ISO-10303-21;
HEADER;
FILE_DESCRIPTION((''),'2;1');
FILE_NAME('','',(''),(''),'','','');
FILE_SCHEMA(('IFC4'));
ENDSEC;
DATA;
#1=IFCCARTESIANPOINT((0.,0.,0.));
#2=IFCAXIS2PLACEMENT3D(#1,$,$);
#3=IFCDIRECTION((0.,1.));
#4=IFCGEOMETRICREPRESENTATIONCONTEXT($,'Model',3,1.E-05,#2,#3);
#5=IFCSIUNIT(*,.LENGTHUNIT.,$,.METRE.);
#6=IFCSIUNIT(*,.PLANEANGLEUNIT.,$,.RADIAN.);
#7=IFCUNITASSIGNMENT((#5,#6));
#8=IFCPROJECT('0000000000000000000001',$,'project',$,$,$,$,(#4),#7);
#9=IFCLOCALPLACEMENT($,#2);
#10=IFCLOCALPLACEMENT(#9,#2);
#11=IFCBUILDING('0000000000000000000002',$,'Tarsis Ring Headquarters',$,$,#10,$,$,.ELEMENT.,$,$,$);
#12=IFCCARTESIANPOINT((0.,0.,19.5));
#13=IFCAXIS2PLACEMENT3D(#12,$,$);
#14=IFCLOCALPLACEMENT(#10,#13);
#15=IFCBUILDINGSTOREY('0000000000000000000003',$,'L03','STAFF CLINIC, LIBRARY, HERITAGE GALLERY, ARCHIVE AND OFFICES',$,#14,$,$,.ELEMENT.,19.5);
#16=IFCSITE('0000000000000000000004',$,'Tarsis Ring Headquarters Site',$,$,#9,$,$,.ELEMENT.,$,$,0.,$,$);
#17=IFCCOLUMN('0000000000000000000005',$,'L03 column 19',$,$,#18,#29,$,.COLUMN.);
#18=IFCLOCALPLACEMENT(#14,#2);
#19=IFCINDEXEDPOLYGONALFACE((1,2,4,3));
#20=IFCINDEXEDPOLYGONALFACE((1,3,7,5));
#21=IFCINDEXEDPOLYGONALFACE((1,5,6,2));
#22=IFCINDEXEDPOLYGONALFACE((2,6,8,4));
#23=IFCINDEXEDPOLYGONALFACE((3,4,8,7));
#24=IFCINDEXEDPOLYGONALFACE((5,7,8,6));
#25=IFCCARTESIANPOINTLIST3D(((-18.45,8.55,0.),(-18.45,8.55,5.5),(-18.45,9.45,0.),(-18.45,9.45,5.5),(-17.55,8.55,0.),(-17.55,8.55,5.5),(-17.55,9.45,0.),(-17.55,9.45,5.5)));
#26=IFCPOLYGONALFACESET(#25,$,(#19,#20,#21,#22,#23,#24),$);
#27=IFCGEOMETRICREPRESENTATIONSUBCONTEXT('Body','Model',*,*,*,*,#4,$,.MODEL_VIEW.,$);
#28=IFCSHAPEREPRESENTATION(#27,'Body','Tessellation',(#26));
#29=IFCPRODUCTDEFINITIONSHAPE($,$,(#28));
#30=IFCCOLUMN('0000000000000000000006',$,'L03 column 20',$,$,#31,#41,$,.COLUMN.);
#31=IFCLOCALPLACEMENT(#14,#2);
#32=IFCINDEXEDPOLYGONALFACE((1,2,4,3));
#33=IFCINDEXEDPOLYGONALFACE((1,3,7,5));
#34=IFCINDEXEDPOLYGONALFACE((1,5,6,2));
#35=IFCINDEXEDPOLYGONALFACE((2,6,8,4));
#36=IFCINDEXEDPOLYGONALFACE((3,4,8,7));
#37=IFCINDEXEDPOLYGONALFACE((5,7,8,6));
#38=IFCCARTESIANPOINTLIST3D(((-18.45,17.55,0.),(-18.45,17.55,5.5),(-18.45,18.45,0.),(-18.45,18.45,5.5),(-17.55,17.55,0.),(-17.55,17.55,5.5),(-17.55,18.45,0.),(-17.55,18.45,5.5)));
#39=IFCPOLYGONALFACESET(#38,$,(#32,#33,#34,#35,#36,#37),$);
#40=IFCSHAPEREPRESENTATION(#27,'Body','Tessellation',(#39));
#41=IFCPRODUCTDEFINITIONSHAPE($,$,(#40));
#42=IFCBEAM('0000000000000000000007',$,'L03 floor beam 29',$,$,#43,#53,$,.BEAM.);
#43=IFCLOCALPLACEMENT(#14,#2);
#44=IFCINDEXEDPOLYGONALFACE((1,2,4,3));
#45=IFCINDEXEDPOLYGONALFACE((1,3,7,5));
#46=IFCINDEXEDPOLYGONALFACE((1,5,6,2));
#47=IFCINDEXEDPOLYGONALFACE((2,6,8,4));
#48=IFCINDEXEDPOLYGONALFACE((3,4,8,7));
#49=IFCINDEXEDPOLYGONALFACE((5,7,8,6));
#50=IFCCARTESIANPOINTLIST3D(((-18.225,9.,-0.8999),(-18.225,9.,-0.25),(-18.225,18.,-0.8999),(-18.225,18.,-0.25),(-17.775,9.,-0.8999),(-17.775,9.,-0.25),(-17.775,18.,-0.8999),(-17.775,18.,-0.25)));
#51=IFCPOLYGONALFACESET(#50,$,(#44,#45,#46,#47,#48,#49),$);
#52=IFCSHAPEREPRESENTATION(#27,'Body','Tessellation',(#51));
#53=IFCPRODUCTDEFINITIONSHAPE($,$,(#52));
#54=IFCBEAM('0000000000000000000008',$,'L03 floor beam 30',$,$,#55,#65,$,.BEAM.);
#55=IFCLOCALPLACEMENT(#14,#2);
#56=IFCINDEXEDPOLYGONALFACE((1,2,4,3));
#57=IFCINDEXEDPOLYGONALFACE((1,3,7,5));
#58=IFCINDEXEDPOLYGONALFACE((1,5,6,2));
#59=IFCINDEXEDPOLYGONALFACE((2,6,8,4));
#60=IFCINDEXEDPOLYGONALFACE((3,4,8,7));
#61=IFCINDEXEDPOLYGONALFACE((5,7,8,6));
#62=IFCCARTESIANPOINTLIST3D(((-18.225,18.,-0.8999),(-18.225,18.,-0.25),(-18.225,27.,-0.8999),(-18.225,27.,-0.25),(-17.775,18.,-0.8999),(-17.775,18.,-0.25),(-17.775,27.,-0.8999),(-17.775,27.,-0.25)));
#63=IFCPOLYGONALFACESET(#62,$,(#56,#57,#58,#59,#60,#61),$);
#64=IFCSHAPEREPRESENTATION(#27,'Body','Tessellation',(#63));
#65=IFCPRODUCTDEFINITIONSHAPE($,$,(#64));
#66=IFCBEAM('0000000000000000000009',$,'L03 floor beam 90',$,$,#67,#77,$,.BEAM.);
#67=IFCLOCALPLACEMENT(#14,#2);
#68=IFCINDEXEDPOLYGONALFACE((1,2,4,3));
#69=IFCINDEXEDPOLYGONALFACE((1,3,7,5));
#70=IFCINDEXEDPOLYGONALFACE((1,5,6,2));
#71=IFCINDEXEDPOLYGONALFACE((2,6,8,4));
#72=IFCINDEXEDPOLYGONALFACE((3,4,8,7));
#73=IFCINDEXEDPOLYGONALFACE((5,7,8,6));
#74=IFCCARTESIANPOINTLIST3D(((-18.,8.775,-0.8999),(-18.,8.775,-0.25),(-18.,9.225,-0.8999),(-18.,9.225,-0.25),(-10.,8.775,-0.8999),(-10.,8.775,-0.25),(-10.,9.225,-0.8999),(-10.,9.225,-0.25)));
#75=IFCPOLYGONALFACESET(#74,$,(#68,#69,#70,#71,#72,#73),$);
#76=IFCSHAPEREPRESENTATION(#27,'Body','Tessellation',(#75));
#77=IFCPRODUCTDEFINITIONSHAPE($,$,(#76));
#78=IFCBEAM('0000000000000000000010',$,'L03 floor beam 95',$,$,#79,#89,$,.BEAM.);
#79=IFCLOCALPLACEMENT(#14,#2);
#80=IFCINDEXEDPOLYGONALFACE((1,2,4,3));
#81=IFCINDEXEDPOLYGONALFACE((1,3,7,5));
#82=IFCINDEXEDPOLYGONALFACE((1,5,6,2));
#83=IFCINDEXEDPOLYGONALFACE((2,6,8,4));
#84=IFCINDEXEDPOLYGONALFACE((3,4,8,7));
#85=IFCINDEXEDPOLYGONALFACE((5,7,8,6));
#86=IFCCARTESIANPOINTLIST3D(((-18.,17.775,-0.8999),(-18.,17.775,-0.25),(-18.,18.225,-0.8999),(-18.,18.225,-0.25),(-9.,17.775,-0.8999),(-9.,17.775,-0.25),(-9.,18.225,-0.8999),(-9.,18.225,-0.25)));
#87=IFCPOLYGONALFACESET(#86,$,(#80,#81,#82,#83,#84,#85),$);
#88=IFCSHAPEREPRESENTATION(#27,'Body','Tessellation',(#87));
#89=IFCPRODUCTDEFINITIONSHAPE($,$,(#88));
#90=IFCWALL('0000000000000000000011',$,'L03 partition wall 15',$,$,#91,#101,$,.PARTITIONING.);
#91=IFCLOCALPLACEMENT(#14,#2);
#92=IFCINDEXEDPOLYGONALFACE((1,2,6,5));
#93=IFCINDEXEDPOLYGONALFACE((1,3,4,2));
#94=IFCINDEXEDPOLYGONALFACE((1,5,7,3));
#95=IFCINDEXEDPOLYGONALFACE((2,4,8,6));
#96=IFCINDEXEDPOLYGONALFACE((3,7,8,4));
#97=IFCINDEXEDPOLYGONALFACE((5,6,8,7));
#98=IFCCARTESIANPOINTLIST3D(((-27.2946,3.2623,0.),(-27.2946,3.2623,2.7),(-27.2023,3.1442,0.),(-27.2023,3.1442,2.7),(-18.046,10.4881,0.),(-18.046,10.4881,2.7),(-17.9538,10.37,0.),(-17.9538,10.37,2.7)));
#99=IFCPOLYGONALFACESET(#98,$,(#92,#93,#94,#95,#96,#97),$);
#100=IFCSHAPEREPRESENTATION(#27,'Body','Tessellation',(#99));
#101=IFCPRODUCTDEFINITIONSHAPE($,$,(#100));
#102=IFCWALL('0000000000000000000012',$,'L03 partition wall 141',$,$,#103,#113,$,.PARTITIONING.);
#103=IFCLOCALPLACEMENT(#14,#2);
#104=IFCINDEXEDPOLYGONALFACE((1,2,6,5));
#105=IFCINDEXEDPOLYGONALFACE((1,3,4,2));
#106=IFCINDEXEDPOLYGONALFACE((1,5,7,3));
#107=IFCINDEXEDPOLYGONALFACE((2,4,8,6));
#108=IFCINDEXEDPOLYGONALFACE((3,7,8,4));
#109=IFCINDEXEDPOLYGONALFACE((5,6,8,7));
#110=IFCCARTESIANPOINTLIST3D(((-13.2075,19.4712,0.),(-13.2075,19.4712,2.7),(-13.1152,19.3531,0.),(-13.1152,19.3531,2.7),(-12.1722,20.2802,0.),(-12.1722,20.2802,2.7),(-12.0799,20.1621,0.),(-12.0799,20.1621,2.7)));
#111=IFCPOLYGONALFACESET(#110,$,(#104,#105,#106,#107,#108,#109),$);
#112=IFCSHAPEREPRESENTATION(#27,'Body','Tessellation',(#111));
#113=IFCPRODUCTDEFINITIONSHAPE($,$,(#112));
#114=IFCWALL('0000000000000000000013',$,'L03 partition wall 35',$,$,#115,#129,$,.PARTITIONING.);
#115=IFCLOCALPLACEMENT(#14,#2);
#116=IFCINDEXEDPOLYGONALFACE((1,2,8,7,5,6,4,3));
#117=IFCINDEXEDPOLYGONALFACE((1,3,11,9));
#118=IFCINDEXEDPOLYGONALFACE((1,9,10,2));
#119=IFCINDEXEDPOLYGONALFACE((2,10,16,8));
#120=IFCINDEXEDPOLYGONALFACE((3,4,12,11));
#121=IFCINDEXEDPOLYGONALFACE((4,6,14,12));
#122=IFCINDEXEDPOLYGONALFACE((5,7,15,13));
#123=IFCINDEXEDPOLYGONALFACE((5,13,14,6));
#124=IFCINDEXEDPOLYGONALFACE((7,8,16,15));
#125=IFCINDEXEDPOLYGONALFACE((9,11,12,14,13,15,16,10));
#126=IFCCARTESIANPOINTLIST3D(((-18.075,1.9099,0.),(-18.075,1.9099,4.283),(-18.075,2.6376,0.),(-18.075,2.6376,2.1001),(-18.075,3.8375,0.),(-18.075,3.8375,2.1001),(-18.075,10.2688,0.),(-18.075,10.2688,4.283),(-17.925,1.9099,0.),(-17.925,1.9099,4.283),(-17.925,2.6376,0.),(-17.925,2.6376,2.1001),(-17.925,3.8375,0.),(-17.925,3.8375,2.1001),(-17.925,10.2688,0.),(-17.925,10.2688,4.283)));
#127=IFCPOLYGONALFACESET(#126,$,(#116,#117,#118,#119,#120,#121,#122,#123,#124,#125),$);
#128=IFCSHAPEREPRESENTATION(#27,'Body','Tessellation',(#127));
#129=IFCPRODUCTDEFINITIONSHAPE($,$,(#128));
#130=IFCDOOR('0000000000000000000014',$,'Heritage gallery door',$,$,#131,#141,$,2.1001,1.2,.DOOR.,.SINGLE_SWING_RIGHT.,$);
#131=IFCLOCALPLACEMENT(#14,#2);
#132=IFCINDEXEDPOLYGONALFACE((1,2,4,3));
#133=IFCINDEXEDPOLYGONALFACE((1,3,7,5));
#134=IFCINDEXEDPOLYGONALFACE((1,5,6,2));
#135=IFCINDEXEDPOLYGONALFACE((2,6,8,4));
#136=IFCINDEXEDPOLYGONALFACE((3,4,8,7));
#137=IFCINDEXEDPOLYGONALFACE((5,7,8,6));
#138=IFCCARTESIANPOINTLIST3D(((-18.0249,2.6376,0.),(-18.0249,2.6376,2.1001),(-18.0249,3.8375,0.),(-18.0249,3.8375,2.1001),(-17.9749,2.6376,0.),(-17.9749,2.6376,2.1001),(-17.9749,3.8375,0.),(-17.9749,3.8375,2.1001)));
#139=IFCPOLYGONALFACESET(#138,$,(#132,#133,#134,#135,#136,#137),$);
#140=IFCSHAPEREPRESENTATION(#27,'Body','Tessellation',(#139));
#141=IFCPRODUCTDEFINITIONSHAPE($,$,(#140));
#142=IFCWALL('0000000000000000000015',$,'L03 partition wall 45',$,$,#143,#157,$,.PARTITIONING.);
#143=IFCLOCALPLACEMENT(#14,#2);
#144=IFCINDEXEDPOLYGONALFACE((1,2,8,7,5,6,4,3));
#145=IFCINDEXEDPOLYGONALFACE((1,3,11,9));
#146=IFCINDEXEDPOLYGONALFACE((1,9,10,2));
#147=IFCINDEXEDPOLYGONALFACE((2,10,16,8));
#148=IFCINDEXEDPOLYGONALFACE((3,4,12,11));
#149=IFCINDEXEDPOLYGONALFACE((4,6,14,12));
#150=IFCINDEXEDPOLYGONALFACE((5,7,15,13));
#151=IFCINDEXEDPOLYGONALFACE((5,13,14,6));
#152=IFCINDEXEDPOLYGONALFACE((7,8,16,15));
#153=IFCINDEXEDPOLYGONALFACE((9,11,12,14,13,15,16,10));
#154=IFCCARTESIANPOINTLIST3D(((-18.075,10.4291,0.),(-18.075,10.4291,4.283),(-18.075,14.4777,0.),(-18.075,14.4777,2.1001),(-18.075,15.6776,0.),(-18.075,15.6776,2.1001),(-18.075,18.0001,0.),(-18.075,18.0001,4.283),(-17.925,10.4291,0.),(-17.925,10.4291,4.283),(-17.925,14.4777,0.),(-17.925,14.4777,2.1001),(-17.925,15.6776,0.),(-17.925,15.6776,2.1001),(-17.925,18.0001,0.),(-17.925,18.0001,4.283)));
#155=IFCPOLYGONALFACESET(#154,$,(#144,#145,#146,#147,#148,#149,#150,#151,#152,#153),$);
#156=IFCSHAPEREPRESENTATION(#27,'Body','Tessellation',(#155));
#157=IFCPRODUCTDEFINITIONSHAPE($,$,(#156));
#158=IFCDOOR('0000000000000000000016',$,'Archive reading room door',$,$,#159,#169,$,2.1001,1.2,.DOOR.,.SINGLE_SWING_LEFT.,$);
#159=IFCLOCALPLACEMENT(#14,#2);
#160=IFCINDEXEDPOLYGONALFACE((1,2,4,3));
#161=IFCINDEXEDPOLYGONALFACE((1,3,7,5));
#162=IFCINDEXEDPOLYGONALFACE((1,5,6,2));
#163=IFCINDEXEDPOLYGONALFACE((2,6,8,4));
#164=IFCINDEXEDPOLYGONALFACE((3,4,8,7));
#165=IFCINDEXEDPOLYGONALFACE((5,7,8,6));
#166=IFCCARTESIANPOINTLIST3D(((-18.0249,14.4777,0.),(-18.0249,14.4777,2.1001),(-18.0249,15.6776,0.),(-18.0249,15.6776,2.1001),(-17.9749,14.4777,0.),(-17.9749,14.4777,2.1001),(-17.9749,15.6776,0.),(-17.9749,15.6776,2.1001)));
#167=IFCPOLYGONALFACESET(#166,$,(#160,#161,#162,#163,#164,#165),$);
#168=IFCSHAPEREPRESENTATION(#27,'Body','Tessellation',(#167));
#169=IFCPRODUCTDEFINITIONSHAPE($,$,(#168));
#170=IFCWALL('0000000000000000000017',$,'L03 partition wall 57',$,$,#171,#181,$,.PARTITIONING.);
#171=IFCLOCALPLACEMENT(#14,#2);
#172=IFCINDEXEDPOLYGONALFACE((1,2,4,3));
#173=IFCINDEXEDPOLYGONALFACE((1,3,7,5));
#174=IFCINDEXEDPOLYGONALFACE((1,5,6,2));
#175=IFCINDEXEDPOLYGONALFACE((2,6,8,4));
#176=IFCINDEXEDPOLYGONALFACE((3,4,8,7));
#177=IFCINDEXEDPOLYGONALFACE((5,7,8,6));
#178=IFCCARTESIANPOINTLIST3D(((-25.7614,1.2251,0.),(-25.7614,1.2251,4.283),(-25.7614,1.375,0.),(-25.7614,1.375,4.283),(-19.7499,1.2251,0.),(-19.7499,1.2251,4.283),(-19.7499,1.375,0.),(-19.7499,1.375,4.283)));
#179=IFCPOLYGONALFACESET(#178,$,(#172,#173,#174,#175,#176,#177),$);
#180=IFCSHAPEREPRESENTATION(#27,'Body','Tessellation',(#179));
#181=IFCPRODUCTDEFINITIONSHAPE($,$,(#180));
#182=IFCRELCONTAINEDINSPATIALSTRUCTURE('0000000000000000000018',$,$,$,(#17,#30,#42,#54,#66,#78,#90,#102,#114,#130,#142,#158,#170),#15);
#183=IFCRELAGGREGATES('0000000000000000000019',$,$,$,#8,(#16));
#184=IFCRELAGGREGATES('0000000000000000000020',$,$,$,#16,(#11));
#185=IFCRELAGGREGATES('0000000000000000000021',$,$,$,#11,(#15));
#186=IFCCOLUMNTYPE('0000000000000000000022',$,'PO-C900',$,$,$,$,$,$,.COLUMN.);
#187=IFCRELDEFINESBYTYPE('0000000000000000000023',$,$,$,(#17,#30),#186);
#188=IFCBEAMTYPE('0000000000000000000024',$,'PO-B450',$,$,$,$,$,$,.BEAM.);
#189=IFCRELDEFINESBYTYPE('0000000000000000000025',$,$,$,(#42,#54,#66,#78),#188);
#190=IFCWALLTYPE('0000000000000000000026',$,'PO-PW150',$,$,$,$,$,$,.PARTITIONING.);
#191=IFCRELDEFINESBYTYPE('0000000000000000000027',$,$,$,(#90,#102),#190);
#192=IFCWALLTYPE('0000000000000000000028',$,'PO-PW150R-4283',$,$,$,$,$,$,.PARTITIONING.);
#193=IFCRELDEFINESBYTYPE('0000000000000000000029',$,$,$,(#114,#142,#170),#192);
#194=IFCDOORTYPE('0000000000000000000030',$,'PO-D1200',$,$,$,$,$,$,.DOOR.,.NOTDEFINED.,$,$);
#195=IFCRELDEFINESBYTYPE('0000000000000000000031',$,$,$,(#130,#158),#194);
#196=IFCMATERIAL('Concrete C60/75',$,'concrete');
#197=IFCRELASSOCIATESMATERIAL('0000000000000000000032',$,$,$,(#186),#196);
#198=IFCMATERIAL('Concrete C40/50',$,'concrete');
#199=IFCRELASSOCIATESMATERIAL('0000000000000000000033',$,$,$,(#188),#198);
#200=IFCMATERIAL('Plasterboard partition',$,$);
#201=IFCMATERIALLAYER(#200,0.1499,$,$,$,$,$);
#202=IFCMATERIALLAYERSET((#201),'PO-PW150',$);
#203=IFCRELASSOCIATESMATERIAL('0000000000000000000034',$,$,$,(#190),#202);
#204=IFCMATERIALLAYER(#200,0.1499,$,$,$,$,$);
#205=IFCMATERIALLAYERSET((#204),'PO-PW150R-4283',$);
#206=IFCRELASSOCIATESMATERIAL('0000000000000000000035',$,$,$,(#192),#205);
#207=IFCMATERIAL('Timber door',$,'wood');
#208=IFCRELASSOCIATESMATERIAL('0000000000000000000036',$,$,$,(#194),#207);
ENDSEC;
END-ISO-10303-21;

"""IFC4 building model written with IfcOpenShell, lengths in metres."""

from ifc_helpers import new_model, si_unit, direction, frame, frame_2d, origin, origin_2d, place, context, subcontext, project, spatial, rectangle, extrude, material, layer, layer_set, material_profile, profile_set, type_object, element, fill, save


model = new_model("IFC4")

# Units and contexts
model_context = context("Model", 3, precision=1e-05, world=origin(), true_north=direction((0.0, 1.0)))
body_context = subcontext(model_context, "Body", "Model", "MODEL_VIEW")
ifc_project = project(units=[si_unit("LENGTHUNIT", "METRE"), si_unit("PLANEANGLEUNIT", "RADIAN")], contexts=[model_context])

# Site, building, storey
site_placement = place(None, origin())
site = spatial("IfcSite", under=ifc_project, at=site_placement, Name="Tarsis Ring Headquarters Site", CompositionType="ELEMENT", RefElevation=0.0)
building_placement = place(site_placement, origin())
building = spatial("IfcBuilding", under=site, at=building_placement, Name="Tarsis Ring Headquarters", CompositionType="ELEMENT")
storey_placement = place(building_placement, frame((0.0, 0.0, 19.5)))
storey = spatial("IfcBuildingStorey", under=building, at=storey_placement, Name="L03", Description="STAFF CLINIC, LIBRARY, HERITAGE GALLERY, ARCHIVE AND OFFICES", CompositionType="ELEMENT", Elevation=19.5)

# Columns
ifc_material_1 = material(Name="Concrete C60/75", Category="concrete")
ifc_material_profile_1 = material_profile(ifc_material_1, rectangle(XDim=0.8999, YDim=0.8999, at=origin_2d()), Name="PO-C900")
ifc_profile_set_1 = profile_set([ifc_material_profile_1], Name="Concrete C60/75")
column_type = type_object("IfcColumnType", Name="PO-C900", PredefinedType="COLUMN", material=ifc_profile_set_1)
for number, where, z_axis, x_axis, name in (
    (1, (-18.0, 9.0, 0.0), (0.0, 0.0, 1.0), (1.0, 0.0, 0.0), "L03 column 19"),
    (2, (-18.0, 18.0, 0.0), (0.0, 0.0, 1.0), (1.0, 0.0, 0.0), "L03 column 20"),
):
    element("IfcColumn", number, at=place(storey_placement, frame(where, z_axis=z_axis, x_axis=x_axis)), inside=storey, type_object=column_type, Name=name, PredefinedType="COLUMN", context=body_context, shape_type="SweptSolid", body=[
        extrude(rectangle(XDim=0.8999, YDim=0.8999, at=origin_2d()), origin(), (0.0, 0.0, 1.0), 5.5),
    ])

# Beams
ifc_material_2 = material(Name="Concrete C40/50", Category="concrete")
ifc_material_profile_2 = material_profile(ifc_material_2, rectangle(XDim=0.45, YDim=0.6499, at=origin_2d()), Name="PO-B450")
ifc_profile_set_2 = profile_set([ifc_material_profile_2], Name="Concrete C40/50")
beam_type = type_object("IfcBeamType", Name="PO-B450", PredefinedType="BEAM", material=ifc_profile_set_2)
for number, where, z_axis, x_axis, name in (
    (3, (-18.0, 9.0, -0.575), (0.0, 1.0, 0.0), (-1.0, 0.0, 0.0), "L03 floor beam 29"),
    (4, (-18.0, 18.0, -0.575), (0.0, 1.0, 0.0), (-1.0, 0.0, 0.0), "L03 floor beam 30"),
):
    element("IfcBeam", number, at=place(storey_placement, frame(where, z_axis=z_axis, x_axis=x_axis)), inside=storey, type_object=beam_type, Name=name, PredefinedType="BEAM", context=body_context, shape_type="SweptSolid", body=[
        extrude(rectangle(XDim=0.45, YDim=0.6499, at=origin_2d()), origin(), (0.0, 0.0, 1.0), 9.0),
    ])
beam_1_placement = place(storey_placement, frame((-18.0, 9.0, -0.575), z_axis=(1.0, 0.0, 0.0), x_axis=(0.0, 1.0, 0.0)))
element("IfcBeam", 5, at=beam_1_placement, inside=storey, type_object=beam_type, Name="L03 floor beam 90", PredefinedType="BEAM", context=body_context, shape_type="SweptSolid", body=[
    extrude(rectangle(XDim=0.45, YDim=0.6499, at=origin_2d()), origin(), (0.0, 0.0, 1.0), 8.0),
])
beam_2_placement = place(storey_placement, frame((-18.0, 18.0, -0.575), z_axis=(1.0, 0.0, 0.0), x_axis=(0.0, 1.0, 0.0)))
element("IfcBeam", 6, at=beam_2_placement, inside=storey, type_object=beam_type, Name="L03 floor beam 95", PredefinedType="BEAM", context=body_context, shape_type="SweptSolid", body=[
    extrude(rectangle(XDim=0.45, YDim=0.6499, at=origin_2d()), origin(), (0.0, 0.0, 1.0), 9.0),
])

# Walls
ifc_material_3 = material(Name="Plasterboard partition")
ifc_layer_1 = layer(ifc_material_3, 0.1499)
ifc_layer_set_1 = layer_set([ifc_layer_1], Name="PO-PW150")
wall_type_1 = type_object("IfcWallType", Name="PO-PW150", PredefinedType="PARTITIONING", material=ifc_layer_set_1)
wall_1_placement = place(storey_placement, frame((-18.0, 10.429, 0.0), z_axis=(0.0, 0.0, 1.0), x_axis=(-0.788007, -0.615666, 0.0)))
element("IfcWall", 7, at=wall_1_placement, inside=storey, type_object=wall_type_1, Name="L03 partition wall 15", PredefinedType="PARTITIONING", context=body_context, shape_type="SweptSolid", body=[
    extrude(rectangle(XDim=11.7366, YDim=0.1499, at=frame_2d((5.8682, 0.0))), origin(), (0.0, 0.0, 1.0), 2.7),
])
wall_2_placement = place(storey_placement, frame((-13.1614, 19.4121, 0.0), z_axis=(0.0, 0.0, 1.0), x_axis=(0.78796, 0.615727, 0.0)))
element("IfcWall", 8, at=wall_2_placement, inside=storey, type_object=wall_type_1, Name="L03 partition wall 141", PredefinedType="PARTITIONING", context=body_context, shape_type="SweptSolid", body=[
    extrude(rectangle(XDim=1.314, YDim=0.1499, at=frame_2d((0.657, 0.0))), origin(), (0.0, 0.0, 1.0), 2.7),
])

# Walls, openings, doors
ifc_layer_2 = layer(ifc_material_3, 0.1499)
ifc_layer_set_2 = layer_set([ifc_layer_2], Name="PO-PW150R-4283")
wall_type_2 = type_object("IfcWallType", Name="PO-PW150R-4283", PredefinedType="PARTITIONING", material=ifc_layer_set_2)
wall_3_placement = place(storey_placement, frame((-18.0, 1.9099, 0.0), z_axis=(0.0, 0.0, 1.0), x_axis=(0.0, 1.0, 0.0)))
wall_3 = element("IfcWall", 9, at=wall_3_placement, inside=storey, type_object=wall_type_2, Name="L03 partition wall 35", PredefinedType="PARTITIONING", context=body_context, shape_type="SweptSolid", body=[
    extrude(rectangle(XDim=8.3589, YDim=0.1499, at=frame_2d((4.1794, 0.0))), origin(), (0.0, 0.0, 1.0), 4.283),
])
opening_1_placement = place(wall_3_placement, frame((0.7275, 0.0, 0.0)))
opening_1 = element("IfcOpeningElement", 10, at=opening_1_placement, cuts=wall_3, PredefinedType="OPENING", context=body_context, shape_type="SweptSolid", body=[
    extrude(rectangle(XDim=1.2, YDim=2.1001, at=frame_2d((0.6001, 1.05))), frame((0.0, 0.085, 0.0), z_axis=(0.0, -1.0, 0.0), x_axis=(1.0, 0.0, 0.0)), (0.0, 0.0, 1.0), 0.1699),
])
ifc_material_4 = material(Name="Timber door", Category="wood")
door_type_1 = type_object("IfcDoorType", Name="PO-D1200", OperationType="NOTDEFINED", PredefinedType="DOOR", material=ifc_material_4)
door_1_placement = place(opening_1_placement, origin())
door_1 = element("IfcDoor", 11, at=door_1_placement, inside=storey, type_object=door_type_1, Name="Heritage gallery door", OperationType="SINGLE_SWING_RIGHT", OverallHeight=2.1001, OverallWidth=1.2, PredefinedType="DOOR", context=body_context, shape_type="SweptSolid", body=[
    extrude(rectangle(XDim=1.2, YDim=2.1001, at=frame_2d((0.6001, 1.05))), frame((0.0, 0.0249, 0.0), z_axis=(0.0, -1.0, 0.0), x_axis=(1.0, 0.0, 0.0)), (0.0, 0.0, 1.0), 0.05),
])
fill(opening_1, door_1)
wall_4_placement = place(storey_placement, frame((-18.0, 10.429, 0.0), z_axis=(0.0, 0.0, 1.0), x_axis=(0.0, 1.0, 0.0)))
wall_4 = element("IfcWall", 12, at=wall_4_placement, inside=storey, type_object=wall_type_2, Name="L03 partition wall 45", PredefinedType="PARTITIONING", context=body_context, shape_type="SweptSolid", body=[
    extrude(rectangle(XDim=7.571, YDim=0.1499, at=frame_2d((3.7856, 0.0))), origin(), (0.0, 0.0, 1.0), 4.283),
])
opening_2_placement = place(wall_4_placement, frame((4.0486, 0.0, 0.0)))
opening_2 = element("IfcOpeningElement", 13, at=opening_2_placement, cuts=wall_4, PredefinedType="OPENING", context=body_context, shape_type="SweptSolid", body=[
    extrude(rectangle(XDim=1.2, YDim=2.1001, at=frame_2d((0.6001, 1.05))), frame((0.0, 0.085, 0.0), z_axis=(0.0, -1.0, 0.0), x_axis=(1.0, 0.0, 0.0)), (0.0, 0.0, 1.0), 0.1699),
])
door_2_placement = place(opening_2_placement, origin())
door_2 = element("IfcDoor", 14, at=door_2_placement, inside=storey, type_object=door_type_1, Name="Archive reading room door", OperationType="SINGLE_SWING_LEFT", OverallHeight=2.1001, OverallWidth=1.2, PredefinedType="DOOR", context=body_context, shape_type="SweptSolid", body=[
    extrude(rectangle(XDim=1.2, YDim=2.1001, at=frame_2d((0.6001, 1.05))), frame((0.0, 0.0249, 0.0), z_axis=(0.0, -1.0, 0.0), x_axis=(1.0, 0.0, 0.0)), (0.0, 0.0, 1.0), 0.05),
])
fill(opening_2, door_2)

# Wall
wall_5_placement = place(storey_placement, frame((-25.7615, 1.3, 0.0), z_axis=(0.0, 0.0, 1.0), x_axis=(1.0, 0.0, 0.0)))
element("IfcWall", 15, at=wall_5_placement, inside=storey, type_object=wall_type_2, Name="L03 partition wall 57", PredefinedType="PARTITIONING", context=body_context, shape_type="SweptSolid", body=[
    extrude(rectangle(XDim=6.0115, YDim=0.1499, at=frame_2d((3.0059, 0.0))), origin(), (0.0, 0.0, 1.0), 4.283),
])

save(model, "model.ifc")
